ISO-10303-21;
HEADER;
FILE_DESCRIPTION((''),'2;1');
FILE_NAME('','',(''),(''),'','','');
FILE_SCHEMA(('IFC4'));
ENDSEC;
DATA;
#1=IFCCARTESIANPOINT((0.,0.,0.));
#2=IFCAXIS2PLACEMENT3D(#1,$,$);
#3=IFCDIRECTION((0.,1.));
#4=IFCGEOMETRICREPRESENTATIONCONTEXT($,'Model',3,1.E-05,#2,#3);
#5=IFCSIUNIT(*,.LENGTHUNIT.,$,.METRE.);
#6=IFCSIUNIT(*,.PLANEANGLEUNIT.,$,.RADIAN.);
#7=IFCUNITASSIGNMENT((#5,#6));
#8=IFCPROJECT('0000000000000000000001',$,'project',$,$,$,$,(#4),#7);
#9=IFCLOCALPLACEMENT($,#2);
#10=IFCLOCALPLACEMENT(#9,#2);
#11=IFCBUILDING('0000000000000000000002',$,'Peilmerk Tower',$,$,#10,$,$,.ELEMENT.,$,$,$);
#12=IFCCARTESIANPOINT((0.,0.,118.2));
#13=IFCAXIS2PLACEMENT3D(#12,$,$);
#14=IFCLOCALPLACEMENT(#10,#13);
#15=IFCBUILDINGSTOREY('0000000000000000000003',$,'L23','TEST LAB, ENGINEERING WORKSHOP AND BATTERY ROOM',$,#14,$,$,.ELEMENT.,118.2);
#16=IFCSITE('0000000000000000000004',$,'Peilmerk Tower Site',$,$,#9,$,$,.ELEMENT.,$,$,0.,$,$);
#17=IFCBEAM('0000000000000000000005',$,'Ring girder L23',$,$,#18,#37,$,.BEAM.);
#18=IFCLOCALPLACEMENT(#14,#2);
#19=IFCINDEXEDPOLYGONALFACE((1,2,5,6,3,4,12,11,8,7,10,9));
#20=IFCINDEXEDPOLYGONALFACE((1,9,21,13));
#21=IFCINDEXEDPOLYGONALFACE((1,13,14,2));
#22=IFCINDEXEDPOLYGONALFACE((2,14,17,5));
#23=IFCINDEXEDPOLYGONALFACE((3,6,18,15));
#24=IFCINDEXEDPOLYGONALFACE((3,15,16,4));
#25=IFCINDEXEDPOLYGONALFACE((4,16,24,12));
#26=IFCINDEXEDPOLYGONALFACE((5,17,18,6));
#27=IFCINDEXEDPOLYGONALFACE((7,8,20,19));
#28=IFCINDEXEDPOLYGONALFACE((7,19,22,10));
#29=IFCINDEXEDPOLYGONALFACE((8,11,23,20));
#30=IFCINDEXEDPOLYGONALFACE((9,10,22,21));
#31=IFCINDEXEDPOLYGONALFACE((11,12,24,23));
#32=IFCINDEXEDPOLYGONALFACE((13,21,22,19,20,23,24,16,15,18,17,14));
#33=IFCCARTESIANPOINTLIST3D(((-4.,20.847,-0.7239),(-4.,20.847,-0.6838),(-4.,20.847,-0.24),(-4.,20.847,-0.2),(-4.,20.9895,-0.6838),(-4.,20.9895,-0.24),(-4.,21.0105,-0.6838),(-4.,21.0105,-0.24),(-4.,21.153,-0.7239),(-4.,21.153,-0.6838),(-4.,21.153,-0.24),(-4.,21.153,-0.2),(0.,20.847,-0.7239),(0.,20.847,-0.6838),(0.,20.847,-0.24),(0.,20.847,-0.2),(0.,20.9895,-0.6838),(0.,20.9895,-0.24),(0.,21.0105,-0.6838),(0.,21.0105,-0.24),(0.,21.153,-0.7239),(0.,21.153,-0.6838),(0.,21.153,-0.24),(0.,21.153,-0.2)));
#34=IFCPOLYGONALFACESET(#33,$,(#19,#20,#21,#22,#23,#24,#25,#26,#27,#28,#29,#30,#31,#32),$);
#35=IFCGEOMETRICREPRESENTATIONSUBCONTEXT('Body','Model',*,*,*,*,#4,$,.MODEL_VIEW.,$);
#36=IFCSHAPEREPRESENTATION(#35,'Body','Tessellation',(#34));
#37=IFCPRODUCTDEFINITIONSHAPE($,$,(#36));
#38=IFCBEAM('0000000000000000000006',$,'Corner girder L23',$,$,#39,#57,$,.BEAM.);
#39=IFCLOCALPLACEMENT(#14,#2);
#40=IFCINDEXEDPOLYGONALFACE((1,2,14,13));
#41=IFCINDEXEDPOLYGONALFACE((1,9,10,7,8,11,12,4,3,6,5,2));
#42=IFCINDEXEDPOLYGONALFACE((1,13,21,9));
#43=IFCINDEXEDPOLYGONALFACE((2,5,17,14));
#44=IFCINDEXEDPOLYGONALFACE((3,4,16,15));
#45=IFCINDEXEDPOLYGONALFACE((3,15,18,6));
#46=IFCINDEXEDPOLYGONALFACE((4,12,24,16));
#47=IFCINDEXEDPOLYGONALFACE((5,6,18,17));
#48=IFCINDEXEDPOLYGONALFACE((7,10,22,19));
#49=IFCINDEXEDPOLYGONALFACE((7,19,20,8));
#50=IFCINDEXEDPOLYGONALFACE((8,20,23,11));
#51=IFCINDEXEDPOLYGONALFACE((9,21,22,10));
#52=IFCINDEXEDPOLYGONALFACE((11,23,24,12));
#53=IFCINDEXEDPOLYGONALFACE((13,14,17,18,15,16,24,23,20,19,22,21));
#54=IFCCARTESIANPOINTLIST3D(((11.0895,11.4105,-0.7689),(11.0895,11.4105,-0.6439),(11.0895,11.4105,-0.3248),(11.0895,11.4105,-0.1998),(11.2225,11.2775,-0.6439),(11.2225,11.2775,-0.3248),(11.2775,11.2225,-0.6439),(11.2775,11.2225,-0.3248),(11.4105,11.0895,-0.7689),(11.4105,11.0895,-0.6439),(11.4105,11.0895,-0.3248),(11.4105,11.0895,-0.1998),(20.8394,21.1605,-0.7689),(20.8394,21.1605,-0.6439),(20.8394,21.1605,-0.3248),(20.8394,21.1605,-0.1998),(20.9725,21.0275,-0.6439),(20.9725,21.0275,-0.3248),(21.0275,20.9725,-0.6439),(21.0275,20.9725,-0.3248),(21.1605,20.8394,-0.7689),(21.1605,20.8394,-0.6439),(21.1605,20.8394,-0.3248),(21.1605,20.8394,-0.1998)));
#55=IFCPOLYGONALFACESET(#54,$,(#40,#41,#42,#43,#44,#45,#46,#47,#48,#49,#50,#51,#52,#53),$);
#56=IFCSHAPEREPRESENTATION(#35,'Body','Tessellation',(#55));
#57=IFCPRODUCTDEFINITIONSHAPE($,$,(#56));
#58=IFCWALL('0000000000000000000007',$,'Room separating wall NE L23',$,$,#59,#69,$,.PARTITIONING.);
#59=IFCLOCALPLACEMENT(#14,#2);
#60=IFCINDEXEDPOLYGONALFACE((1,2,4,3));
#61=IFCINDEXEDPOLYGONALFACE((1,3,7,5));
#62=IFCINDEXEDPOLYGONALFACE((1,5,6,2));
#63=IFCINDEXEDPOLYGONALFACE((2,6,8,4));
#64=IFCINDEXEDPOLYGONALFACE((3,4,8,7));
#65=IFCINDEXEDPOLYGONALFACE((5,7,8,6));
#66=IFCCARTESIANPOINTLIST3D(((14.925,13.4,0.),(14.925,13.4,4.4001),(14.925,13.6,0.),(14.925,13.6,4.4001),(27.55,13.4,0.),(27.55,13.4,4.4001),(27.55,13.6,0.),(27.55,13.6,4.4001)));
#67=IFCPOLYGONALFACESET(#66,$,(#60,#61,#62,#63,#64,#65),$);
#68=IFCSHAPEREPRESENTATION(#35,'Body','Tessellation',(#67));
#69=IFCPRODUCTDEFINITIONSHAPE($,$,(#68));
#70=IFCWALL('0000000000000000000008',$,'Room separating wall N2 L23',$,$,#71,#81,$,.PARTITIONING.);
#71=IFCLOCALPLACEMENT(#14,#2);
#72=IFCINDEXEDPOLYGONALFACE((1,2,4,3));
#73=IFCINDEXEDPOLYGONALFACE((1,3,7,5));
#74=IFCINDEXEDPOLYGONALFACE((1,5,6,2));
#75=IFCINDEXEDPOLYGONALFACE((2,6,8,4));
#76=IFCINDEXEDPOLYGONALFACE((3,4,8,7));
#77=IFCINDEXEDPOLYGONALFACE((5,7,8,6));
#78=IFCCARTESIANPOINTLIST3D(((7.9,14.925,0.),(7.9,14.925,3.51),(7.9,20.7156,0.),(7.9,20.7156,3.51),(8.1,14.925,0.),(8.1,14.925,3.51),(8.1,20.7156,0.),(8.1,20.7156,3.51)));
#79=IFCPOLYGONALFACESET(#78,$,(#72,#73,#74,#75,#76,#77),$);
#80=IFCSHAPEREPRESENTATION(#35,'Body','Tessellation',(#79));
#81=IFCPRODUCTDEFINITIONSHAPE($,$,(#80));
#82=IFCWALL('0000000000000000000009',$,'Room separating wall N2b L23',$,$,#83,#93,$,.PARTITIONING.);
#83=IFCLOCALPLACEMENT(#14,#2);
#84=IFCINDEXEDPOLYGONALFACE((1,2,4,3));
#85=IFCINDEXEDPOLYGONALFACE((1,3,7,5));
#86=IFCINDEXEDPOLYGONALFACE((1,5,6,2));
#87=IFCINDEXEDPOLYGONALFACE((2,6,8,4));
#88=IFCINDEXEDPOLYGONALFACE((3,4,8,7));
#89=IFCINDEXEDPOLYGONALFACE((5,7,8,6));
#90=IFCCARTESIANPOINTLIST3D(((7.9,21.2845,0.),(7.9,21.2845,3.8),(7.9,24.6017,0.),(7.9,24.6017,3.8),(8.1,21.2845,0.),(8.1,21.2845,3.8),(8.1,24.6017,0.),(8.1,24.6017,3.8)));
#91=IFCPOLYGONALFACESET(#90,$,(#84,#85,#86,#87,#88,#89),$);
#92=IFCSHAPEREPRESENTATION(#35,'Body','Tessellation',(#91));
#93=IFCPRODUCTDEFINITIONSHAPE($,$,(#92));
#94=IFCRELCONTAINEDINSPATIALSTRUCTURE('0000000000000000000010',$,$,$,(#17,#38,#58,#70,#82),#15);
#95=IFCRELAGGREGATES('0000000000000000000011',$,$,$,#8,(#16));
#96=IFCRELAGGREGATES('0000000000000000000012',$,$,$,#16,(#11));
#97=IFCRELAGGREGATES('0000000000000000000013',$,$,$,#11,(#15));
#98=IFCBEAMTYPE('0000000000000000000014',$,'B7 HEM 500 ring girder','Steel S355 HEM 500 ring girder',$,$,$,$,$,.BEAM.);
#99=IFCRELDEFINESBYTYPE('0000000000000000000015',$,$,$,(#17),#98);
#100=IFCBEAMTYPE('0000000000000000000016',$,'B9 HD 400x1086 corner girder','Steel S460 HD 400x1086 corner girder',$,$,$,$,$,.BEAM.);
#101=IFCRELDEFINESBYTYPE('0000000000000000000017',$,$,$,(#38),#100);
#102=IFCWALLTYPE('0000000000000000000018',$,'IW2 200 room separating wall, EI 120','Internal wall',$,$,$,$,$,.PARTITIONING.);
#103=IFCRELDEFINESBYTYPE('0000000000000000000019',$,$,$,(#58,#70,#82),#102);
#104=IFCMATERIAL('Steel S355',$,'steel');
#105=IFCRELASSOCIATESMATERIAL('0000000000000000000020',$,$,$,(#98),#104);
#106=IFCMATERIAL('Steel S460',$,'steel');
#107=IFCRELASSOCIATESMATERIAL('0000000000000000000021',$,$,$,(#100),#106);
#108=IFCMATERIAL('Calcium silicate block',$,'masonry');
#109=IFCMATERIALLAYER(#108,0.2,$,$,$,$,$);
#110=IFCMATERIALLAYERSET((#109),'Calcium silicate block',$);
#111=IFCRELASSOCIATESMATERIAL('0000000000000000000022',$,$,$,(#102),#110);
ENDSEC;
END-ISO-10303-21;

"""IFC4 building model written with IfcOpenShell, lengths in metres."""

from ifc_helpers import new_model, si_unit, direction, frame, frame_2d, origin, origin_2d, place, context, subcontext, project, spatial, rectangle, i_section, extrude, material, layer, layer_set, material_profile, profile_set, type_object, element, save


model = new_model("IFC4")

# Units and contexts
model_context = context("Model", 3, precision=1e-05, world=origin(), true_north=direction((0.0, 1.0)))
body_context = subcontext(model_context, "Body", "Model", "MODEL_VIEW")
ifc_project = project(units=[si_unit("LENGTHUNIT", "METRE"), si_unit("PLANEANGLEUNIT", "RADIAN")], contexts=[model_context])

# Site, building, storey
site_placement = place(None, origin())
site = spatial("IfcSite", under=ifc_project, at=site_placement, Name="Peilmerk Tower Site", CompositionType="ELEMENT", RefElevation=0.0)
building_placement = place(site_placement, origin())
building = spatial("IfcBuilding", under=site, at=building_placement, Name="Peilmerk Tower", CompositionType="ELEMENT")
storey_placement = place(building_placement, frame((0.0, 0.0, 118.2)))
storey = spatial("IfcBuildingStorey", under=building, at=storey_placement, Name="L23", Description="TEST LAB, ENGINEERING WORKSHOP AND BATTERY ROOM", CompositionType="ELEMENT", Elevation=118.2)

# Shared definitions
ifc_material_1 = material(Name="Steel S460", Category="steel")

# Beams
ifc_material_2 = material(Name="Steel S355", Category="steel")
ifc_material_profile_1 = material_profile(ifc_material_2, i_section(OverallWidth=0.3059, OverallDepth=0.5239, WebThickness=0.021, FlangeThickness=0.04, at=origin_2d()), Name="HEM 500")
ifc_profile_set_1 = profile_set([ifc_material_profile_1], Name="Steel S355")
beam_type_1 = type_object("IfcBeamType", Name="B7 HEM 500 ring girder", Description="Steel S355 HEM 500 ring girder", PredefinedType="BEAM", material=ifc_profile_set_1)
for number, where, z_axis, x_axis, name in (
    (1, (0.0, 21.0, -0.4619), (-1.0, 0.0, 0.0), (0.0, -1.0, 0.0), "Ring girder L23"),
):
    element("IfcBeam", number, at=place(storey_placement, frame(where, z_axis=z_axis, x_axis=x_axis)), inside=storey, type_object=beam_type_1, Name=name, PredefinedType="BEAM", context=body_context, shape_type="SweptSolid", body=[
        extrude(i_section(OverallWidth=0.3059, OverallDepth=0.5239, WebThickness=0.021, FlangeThickness=0.04, at=origin_2d()), origin(), (0.0, 0.0, 1.0), 4.0),
    ])
ifc_material_profile_2 = material_profile(ifc_material_1, i_section(OverallWidth=0.4541, OverallDepth=0.5691, WebThickness=0.0779, FlangeThickness=0.125, at=origin_2d()), Name="HD 400x1086")
ifc_profile_set_2 = profile_set([ifc_material_profile_2], Name="Steel S460")
beam_type_2 = type_object("IfcBeamType", Name="B9 HD 400x1086 corner girder", Description="Steel S460 HD 400x1086 corner girder", PredefinedType="BEAM", material=ifc_profile_set_2)
beam_1_placement = place(storey_placement, frame((11.25, 11.25, -0.4844), z_axis=(0.707107, 0.707107, 0.0), x_axis=(-0.707107, 0.707107, 0.0)))
element("IfcBeam", 2, at=beam_1_placement, inside=storey, type_object=beam_type_2, Name="Corner girder L23", PredefinedType="BEAM", context=body_context, shape_type="SweptSolid", body=[
    extrude(i_section(OverallWidth=0.4541, OverallDepth=0.5691, WebThickness=0.0779, FlangeThickness=0.125, at=origin_2d()), origin(), (0.0, 0.0, 1.0), 13.7886),
])

# Walls
ifc_material_3 = material(Name="Calcium silicate block", Category="masonry")
ifc_layer = layer(ifc_material_3, 0.2)
ifc_layer_set = layer_set([ifc_layer], Name="Calcium silicate block")
wall_type = type_object("IfcWallType", Name="IW2 200 room separating wall, EI 120", Description="Internal wall", PredefinedType="PARTITIONING", material=ifc_layer_set)
wall_1_placement = place(storey_placement, frame((14.925, 13.5, 0.0), z_axis=(0.0, 0.0, 1.0), x_axis=(1.0, 0.0, 0.0)))
element("IfcWall", 3, at=wall_1_placement, inside=storey, type_object=wall_type, Name="Room separating wall NE L23", PredefinedType="PARTITIONING", context=body_context, shape_type="SweptSolid", body=[
    extrude(rectangle(XDim=12.625, YDim=0.2, at=frame_2d((6.3125, 0.0))), origin(), (0.0, 0.0, 1.0), 4.4001),
])
wall_2_placement = place(storey_placement, frame((8.0, 14.925, 0.0), z_axis=(0.0, 0.0, 1.0), x_axis=(0.0, 1.0, 0.0)))
element("IfcWall", 4, at=wall_2_placement, inside=storey, type_object=wall_type, Name="Room separating wall N2 L23", PredefinedType="PARTITIONING", context=body_context, shape_type="SweptSolid", body=[
    extrude(rectangle(XDim=5.7905, YDim=0.2, at=frame_2d((2.8953, 0.0))), origin(), (0.0, 0.0, 1.0), 3.51),
])
wall_3_placement = place(storey_placement, frame((8.0, 21.2844, 0.0), z_axis=(0.0, 0.0, 1.0), x_axis=(0.0, 1.0, 0.0)))
element("IfcWall", 5, at=wall_3_placement, inside=storey, type_object=wall_type, Name="Room separating wall N2b L23", PredefinedType="PARTITIONING", context=body_context, shape_type="SweptSolid", body=[
    extrude(rectangle(XDim=3.3171, YDim=0.2, at=frame_2d((1.6587, 0.0))), origin(), (0.0, 0.0, 1.0), 3.8),
])

save(model, "model.ifc")
